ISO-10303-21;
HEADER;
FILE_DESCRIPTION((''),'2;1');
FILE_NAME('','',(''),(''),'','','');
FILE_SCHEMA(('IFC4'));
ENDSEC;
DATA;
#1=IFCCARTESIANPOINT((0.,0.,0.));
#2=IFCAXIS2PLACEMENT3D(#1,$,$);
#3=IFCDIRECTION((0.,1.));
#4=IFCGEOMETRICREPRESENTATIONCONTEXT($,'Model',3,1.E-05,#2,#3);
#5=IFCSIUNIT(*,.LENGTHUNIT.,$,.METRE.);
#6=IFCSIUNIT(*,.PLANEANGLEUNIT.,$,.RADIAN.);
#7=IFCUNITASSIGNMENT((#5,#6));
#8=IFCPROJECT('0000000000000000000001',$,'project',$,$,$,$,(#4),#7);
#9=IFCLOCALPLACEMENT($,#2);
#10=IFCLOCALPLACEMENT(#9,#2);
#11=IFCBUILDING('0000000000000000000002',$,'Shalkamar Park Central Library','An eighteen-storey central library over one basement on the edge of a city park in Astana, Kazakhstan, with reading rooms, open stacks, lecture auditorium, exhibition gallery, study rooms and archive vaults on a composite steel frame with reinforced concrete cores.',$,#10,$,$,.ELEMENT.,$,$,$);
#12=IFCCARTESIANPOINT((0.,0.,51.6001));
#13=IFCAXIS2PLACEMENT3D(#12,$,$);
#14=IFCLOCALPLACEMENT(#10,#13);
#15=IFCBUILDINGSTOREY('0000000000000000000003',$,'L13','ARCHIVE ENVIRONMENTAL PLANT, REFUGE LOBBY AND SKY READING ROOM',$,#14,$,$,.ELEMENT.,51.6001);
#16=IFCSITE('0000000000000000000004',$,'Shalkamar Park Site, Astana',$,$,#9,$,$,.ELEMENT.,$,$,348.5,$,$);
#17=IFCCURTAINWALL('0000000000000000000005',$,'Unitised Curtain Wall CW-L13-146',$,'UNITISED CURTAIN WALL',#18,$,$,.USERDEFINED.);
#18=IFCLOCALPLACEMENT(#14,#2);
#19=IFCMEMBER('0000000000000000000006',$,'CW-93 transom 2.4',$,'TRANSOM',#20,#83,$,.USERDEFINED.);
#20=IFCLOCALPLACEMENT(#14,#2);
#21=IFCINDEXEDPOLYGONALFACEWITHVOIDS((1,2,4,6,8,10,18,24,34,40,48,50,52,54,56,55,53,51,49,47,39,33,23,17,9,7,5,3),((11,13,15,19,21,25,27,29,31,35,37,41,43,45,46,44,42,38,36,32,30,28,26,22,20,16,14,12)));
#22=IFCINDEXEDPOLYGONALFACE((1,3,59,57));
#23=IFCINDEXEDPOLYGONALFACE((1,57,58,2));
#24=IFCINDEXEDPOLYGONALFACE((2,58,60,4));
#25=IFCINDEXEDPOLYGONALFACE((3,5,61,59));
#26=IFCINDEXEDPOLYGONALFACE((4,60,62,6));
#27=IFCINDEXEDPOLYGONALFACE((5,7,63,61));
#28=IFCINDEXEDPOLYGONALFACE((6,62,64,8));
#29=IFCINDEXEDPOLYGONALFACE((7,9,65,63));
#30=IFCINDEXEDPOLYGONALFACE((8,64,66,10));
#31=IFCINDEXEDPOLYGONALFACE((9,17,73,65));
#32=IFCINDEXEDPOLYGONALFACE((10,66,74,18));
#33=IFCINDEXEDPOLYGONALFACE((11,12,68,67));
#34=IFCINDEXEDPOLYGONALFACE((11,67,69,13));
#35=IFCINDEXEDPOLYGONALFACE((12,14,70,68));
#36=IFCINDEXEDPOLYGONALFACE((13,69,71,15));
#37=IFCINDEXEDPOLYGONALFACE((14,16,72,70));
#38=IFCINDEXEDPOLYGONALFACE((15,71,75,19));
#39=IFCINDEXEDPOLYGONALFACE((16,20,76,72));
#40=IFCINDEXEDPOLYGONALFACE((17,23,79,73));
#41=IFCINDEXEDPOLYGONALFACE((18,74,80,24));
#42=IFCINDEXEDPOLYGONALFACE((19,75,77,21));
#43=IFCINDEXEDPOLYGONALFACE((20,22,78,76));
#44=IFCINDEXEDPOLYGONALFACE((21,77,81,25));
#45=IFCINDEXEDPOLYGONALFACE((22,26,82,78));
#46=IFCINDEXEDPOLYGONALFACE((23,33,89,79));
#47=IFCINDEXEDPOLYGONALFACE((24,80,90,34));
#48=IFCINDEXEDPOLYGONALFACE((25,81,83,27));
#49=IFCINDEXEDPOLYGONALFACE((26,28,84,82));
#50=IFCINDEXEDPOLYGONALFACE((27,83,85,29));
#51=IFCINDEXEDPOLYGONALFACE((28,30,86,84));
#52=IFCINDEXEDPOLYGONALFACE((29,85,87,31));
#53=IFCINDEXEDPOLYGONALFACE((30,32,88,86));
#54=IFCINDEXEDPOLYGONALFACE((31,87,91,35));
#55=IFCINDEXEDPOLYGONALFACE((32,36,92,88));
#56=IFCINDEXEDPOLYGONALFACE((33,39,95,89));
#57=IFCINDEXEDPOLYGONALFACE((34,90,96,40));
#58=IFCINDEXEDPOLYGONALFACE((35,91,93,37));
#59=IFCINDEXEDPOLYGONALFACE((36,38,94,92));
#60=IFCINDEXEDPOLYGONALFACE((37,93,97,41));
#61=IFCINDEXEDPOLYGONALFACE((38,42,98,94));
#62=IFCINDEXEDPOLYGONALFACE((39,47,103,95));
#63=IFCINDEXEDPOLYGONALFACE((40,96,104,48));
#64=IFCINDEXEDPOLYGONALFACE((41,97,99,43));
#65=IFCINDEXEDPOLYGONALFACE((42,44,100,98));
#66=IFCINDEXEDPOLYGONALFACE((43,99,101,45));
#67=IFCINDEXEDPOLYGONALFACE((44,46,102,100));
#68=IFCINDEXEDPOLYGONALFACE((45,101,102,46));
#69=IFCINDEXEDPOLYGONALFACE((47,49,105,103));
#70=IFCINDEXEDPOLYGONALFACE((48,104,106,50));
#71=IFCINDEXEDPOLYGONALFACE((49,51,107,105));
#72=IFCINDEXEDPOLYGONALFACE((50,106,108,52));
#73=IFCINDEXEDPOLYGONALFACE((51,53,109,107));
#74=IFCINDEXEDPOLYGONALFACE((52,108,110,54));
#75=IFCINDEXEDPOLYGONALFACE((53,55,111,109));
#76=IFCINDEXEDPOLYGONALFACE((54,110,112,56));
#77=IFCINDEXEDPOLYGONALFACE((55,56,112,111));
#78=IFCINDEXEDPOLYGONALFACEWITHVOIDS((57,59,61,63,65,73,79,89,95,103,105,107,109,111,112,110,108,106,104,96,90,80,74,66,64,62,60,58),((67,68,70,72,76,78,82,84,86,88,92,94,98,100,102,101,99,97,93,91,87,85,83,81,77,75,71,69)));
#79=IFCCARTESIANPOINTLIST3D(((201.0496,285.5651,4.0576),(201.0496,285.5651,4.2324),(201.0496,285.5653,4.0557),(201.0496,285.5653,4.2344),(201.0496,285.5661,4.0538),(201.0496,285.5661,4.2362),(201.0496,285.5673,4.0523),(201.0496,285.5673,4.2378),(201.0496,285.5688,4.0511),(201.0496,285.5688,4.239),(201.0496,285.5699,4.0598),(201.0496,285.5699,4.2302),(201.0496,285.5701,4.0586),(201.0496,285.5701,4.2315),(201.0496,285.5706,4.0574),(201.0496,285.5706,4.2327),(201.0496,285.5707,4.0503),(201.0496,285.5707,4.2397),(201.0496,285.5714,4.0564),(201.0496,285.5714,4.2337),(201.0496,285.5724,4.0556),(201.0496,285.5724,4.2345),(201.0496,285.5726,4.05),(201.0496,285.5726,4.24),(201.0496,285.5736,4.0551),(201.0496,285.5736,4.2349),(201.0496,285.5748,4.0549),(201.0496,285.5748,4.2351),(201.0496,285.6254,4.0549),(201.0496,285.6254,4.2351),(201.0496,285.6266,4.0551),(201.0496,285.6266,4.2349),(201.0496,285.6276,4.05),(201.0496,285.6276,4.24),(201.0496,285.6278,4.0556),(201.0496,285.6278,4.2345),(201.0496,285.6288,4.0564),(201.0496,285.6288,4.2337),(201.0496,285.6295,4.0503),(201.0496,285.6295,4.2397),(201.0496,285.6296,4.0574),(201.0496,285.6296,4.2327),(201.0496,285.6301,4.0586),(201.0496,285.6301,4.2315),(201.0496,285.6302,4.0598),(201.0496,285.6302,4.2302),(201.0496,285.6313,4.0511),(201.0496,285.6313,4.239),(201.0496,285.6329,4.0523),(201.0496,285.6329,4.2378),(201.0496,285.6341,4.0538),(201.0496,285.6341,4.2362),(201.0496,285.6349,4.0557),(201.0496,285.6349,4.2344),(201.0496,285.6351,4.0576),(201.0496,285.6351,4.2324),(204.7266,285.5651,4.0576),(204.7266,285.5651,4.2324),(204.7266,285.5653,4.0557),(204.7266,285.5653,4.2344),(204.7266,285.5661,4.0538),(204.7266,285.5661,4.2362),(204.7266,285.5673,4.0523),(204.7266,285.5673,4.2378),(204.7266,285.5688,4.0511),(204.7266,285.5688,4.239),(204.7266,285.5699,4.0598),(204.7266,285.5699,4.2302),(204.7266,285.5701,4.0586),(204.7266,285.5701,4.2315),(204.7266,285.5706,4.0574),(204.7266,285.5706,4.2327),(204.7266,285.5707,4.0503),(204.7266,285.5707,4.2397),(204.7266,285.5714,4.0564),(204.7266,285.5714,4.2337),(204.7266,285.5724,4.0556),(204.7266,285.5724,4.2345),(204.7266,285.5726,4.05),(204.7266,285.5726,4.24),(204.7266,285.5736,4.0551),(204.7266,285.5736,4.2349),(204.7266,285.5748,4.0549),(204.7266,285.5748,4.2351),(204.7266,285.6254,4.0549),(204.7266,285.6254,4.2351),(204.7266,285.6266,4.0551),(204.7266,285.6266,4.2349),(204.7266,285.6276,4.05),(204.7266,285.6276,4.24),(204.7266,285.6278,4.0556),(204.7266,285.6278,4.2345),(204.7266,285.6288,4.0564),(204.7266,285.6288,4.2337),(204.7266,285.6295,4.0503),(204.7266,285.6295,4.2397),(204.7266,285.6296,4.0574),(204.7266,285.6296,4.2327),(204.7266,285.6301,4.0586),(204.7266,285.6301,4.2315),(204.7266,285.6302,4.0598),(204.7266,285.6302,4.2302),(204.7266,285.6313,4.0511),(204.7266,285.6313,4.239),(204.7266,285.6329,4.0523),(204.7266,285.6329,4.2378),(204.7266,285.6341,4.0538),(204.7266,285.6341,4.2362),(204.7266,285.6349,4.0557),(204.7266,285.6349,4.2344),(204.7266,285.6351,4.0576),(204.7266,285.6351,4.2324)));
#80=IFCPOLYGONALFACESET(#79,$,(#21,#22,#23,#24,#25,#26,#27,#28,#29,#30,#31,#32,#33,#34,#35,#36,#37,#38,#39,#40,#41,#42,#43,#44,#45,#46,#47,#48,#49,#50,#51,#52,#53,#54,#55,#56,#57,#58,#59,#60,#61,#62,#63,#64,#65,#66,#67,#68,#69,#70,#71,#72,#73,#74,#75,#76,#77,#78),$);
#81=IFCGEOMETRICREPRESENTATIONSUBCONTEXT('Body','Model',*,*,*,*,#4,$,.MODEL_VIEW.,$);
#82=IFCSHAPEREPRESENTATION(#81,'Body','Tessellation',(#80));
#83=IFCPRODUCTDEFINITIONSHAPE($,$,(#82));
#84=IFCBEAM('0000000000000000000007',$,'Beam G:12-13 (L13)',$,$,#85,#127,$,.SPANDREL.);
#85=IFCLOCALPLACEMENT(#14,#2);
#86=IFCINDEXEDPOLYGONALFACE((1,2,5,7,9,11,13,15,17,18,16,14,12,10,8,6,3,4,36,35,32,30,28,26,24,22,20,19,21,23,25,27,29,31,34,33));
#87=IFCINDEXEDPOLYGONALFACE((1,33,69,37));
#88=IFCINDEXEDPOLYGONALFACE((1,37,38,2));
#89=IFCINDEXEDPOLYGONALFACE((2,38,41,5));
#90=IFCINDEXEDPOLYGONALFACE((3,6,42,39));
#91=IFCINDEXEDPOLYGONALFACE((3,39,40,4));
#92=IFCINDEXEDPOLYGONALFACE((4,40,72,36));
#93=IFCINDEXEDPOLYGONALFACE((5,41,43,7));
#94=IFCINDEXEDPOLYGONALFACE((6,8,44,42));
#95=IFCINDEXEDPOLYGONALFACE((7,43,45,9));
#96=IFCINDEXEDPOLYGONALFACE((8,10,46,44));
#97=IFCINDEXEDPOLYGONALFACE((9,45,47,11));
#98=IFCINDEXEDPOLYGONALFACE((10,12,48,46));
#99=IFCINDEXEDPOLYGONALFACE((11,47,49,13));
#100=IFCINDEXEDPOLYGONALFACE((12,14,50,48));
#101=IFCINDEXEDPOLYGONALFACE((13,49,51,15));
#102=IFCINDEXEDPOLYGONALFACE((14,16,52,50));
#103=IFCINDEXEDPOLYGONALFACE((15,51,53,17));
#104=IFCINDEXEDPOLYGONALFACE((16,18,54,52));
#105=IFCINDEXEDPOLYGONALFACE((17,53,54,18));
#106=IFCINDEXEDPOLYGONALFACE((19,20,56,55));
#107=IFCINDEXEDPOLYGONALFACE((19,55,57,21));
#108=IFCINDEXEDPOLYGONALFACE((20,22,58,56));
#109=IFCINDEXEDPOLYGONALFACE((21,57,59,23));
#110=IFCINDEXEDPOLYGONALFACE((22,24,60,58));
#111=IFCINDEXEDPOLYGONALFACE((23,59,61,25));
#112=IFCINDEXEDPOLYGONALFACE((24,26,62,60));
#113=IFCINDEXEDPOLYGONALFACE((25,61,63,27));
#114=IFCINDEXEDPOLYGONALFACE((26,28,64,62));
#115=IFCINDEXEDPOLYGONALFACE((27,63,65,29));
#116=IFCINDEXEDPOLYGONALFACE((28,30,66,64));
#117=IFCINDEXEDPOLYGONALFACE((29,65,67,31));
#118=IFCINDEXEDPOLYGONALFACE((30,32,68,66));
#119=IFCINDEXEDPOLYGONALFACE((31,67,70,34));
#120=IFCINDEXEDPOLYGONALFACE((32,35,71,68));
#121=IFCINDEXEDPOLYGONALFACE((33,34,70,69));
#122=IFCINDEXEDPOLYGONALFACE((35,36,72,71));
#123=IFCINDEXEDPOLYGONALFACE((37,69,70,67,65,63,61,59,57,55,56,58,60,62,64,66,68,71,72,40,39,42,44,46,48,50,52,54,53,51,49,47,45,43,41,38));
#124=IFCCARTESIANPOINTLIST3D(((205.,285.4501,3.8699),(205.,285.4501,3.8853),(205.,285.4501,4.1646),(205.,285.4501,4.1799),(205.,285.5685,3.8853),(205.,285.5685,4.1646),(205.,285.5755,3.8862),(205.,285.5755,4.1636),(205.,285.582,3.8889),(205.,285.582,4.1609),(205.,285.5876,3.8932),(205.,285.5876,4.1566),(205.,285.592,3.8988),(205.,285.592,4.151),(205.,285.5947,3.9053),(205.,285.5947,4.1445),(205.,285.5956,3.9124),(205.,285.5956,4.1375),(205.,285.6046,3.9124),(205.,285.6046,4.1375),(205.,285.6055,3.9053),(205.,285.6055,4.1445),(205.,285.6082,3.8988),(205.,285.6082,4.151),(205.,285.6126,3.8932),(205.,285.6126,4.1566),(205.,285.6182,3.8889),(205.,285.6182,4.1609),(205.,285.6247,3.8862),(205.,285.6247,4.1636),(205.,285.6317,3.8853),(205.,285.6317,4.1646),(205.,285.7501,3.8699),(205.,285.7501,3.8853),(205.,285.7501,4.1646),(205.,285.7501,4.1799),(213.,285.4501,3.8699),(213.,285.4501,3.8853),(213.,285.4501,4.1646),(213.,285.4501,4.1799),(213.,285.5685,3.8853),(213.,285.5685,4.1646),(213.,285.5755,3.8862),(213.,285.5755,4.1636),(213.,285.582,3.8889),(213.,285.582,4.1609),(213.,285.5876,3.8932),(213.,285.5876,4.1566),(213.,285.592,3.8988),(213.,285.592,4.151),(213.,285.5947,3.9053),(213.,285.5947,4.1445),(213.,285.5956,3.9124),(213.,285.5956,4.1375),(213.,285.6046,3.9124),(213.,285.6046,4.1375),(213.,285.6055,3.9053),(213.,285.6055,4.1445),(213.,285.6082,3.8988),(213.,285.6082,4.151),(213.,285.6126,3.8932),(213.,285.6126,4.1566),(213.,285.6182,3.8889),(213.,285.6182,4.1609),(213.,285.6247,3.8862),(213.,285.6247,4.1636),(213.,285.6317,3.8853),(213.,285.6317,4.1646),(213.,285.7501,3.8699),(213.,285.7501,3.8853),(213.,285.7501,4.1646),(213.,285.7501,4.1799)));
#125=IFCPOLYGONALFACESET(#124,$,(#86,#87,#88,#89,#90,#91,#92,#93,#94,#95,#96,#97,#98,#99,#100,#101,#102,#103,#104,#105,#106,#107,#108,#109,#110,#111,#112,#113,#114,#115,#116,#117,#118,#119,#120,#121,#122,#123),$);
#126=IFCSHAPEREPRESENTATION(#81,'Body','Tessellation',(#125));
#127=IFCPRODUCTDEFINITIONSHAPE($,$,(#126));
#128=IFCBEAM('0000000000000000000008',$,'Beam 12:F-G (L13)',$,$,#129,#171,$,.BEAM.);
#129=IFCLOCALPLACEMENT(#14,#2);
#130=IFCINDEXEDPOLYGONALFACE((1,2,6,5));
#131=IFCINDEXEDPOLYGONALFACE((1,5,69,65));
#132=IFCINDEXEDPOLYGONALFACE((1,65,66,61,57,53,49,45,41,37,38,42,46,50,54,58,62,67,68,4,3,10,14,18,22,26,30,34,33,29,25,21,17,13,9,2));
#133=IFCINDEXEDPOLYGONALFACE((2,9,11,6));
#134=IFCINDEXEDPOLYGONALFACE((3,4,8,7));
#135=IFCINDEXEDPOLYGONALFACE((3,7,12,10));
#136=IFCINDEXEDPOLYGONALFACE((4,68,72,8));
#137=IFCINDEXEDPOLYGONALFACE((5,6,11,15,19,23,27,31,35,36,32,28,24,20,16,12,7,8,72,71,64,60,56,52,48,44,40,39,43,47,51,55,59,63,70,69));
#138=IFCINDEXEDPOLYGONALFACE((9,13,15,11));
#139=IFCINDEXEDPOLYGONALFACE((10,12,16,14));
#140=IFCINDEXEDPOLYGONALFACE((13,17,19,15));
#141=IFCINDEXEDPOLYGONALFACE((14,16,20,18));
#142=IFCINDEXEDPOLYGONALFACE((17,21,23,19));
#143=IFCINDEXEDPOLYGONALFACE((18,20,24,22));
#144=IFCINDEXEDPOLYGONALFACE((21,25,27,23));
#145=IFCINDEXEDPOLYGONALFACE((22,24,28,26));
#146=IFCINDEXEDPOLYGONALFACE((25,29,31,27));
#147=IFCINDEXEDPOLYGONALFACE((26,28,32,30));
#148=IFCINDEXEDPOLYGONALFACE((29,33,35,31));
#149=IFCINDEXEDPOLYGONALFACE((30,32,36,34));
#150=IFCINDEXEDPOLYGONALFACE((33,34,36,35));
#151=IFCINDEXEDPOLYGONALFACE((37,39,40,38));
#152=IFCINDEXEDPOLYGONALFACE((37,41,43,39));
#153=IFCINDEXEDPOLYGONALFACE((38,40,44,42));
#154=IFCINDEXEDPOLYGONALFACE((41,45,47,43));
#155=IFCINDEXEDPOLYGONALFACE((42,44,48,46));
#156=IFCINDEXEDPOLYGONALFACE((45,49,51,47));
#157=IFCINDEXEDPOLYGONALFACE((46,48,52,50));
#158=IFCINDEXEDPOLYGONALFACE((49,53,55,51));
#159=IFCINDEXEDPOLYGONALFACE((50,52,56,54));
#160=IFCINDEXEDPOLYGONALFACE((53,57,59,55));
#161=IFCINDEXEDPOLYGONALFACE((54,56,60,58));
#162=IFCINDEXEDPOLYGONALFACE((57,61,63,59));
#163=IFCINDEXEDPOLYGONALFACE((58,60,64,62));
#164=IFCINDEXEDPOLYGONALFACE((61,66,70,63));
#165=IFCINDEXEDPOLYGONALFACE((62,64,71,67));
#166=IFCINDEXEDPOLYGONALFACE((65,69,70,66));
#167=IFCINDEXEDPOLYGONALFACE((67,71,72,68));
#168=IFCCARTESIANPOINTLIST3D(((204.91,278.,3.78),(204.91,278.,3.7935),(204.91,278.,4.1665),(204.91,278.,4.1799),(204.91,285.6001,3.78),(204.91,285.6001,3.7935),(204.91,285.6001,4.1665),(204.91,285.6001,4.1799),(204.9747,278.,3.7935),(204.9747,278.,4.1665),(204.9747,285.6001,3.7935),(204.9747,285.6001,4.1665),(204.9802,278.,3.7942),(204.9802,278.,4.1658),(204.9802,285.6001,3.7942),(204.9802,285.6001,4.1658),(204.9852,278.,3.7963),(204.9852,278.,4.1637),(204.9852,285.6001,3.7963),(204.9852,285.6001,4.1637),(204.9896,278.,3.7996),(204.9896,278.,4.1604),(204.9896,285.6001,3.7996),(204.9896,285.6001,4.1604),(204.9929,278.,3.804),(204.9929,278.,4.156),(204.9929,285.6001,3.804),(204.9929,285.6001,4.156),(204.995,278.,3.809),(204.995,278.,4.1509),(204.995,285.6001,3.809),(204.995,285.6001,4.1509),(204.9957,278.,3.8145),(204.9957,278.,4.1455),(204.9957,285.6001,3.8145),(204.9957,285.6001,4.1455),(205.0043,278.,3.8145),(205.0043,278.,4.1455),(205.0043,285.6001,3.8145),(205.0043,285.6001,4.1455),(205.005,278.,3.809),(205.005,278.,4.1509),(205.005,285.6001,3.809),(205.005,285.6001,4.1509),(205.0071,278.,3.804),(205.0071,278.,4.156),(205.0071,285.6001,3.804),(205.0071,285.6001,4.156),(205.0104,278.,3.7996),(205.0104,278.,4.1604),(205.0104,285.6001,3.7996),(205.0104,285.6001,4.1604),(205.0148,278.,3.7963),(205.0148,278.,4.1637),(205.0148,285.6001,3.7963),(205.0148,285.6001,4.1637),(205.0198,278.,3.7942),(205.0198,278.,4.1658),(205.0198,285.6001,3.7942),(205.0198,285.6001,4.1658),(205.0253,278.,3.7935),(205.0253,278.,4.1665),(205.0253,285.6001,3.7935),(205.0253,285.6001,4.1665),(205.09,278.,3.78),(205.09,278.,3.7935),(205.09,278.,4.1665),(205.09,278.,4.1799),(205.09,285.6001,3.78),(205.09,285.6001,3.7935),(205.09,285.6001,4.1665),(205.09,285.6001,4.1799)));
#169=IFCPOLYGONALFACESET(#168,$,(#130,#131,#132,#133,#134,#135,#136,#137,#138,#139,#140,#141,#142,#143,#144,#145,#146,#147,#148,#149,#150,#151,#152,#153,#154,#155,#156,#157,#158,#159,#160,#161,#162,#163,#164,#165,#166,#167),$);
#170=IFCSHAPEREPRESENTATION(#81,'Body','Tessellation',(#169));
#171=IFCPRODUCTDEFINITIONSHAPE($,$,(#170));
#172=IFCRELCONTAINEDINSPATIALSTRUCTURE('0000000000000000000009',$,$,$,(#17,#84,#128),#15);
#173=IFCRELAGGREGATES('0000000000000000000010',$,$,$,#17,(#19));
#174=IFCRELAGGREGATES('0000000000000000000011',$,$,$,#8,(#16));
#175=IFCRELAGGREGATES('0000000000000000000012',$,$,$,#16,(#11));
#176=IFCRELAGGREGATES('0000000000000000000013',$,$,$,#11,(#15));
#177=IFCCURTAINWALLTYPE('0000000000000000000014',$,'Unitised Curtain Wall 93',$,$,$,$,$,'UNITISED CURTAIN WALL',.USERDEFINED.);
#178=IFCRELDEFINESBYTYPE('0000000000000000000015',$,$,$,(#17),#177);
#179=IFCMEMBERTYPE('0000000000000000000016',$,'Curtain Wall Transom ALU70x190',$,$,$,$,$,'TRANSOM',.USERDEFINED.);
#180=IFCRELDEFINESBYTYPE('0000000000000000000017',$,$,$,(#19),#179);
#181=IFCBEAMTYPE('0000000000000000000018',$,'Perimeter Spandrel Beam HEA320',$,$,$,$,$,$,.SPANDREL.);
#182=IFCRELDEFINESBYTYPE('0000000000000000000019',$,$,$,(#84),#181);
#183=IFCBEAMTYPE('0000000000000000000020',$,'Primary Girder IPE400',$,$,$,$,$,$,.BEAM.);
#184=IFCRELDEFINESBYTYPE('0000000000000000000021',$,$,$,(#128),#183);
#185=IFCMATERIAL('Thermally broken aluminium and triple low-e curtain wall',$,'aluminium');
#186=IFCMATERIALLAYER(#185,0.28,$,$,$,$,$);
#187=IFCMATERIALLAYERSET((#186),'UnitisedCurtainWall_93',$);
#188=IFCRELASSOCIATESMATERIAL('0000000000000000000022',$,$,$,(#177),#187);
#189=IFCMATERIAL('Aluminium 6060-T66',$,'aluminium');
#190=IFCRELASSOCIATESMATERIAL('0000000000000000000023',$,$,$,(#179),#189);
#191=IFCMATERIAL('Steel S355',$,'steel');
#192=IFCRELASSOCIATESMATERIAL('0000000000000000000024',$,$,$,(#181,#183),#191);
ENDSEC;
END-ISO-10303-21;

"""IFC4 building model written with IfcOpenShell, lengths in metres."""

from ifc_helpers import new_model, si_unit, direction, frame, origin, origin_2d, place, context, subcontext, project, spatial, hollow_rectangle, i_section, extrude, material, layer, layer_set, material_profile, profile_set, type_object, element, aggregate, save


model = new_model("IFC4")

# Units and contexts
model_context = context("Model", 3, precision=1e-05, world=origin(), true_north=direction((0.0, 1.0)))
body_context = subcontext(model_context, "Body", "Model", "MODEL_VIEW")
ifc_project = project(units=[si_unit("LENGTHUNIT", "METRE"), si_unit("PLANEANGLEUNIT", "RADIAN")], contexts=[model_context])

# Site, building, storey
site_placement = place(None, origin())
site = spatial("IfcSite", under=ifc_project, at=site_placement, Name="Shalkamar Park Site, Astana", CompositionType="ELEMENT", RefElevation=348.5)
building_placement = place(site_placement, origin())
building = spatial("IfcBuilding", under=site, at=building_placement, Name="Shalkamar Park Central Library", Description="An eighteen-storey central library over one basement on the edge of a city park in Astana, Kazakhstan, with reading rooms, open stacks, lecture auditorium, exhibition gallery, study rooms and archive vaults on a composite steel frame with reinforced concrete cores.", CompositionType="ELEMENT")
storey_placement = place(building_placement, frame((0.0, 0.0, 51.6001)))
storey = spatial("IfcBuildingStorey", under=building, at=storey_placement, Name="L13", Description="ARCHIVE ENVIRONMENTAL PLANT, REFUGE LOBBY AND SKY READING ROOM", CompositionType="ELEMENT", Elevation=51.6001)

# Shared definitions
ifc_material_1 = material(Name="Steel S355", Category="steel")

# Curtain wall
ifc_material_2 = material(Name="Thermally broken aluminium and triple low-e curtain wall", Category="aluminium")
ifc_material_3 = material(Name="Aluminium 6060-T66", Category="aluminium")
ifc_layer_1 = layer(ifc_material_2, 0.28)
ifc_layer_set_1 = layer_set([ifc_layer_1], Name="UnitisedCurtainWall_93")
curtain_wall_type_1 = type_object("IfcCurtainWallType", Name="Unitised Curtain Wall 93", ElementType="UNITISED CURTAIN WALL", PredefinedType="USERDEFINED", material=ifc_layer_set_1)
curtain_wall_1_placement = place(storey_placement, origin())
curtain_wall_1 = element("IfcCurtainWall", 1, at=curtain_wall_1_placement, inside=storey, type_object=curtain_wall_type_1, Name="Unitised Curtain Wall CW-L13-146", ObjectType="UNITISED CURTAIN WALL", PredefinedType="USERDEFINED")

# Member
ifc_material_profile_1 = material_profile(ifc_material_3, hollow_rectangle(XDim=0.0701, YDim=0.1899, WallThickness=0.0049, InnerFilletRadius=0.0049, OuterFilletRadius=0.0076, at=origin_2d()), Name="ALU 70x190x5")
ifc_profile_set_1 = profile_set([ifc_material_profile_1], Name="Aluminium 6060-T66")
member_type_1 = type_object("IfcMemberType", Name="Curtain Wall Transom ALU70x190", ElementType="TRANSOM", PredefinedType="USERDEFINED", material=ifc_profile_set_1)
member_1_placement = place(storey_placement, frame((201.0496, 285.6001, 4.145), z_axis=(1.0, 0.0, 0.0), x_axis=(0.0, 1.0, 0.0)))
member_1 = element("IfcMember", 2, at=member_1_placement, type_object=member_type_1, Name="CW-93 transom 2.4", ObjectType="TRANSOM", PredefinedType="USERDEFINED", context=body_context, shape_type="SweptSolid", body=[
    extrude(hollow_rectangle(XDim=0.0701, YDim=0.1899, WallThickness=0.0049, InnerFilletRadius=0.0049, OuterFilletRadius=0.0076, at=origin_2d()), origin(), (0.0, 0.0, 1.0), 3.677),
])

# Beams
ifc_material_profile_2 = material_profile(ifc_material_1, i_section(OverallWidth=0.3, OverallDepth=0.3101, WebThickness=0.009, FlangeThickness=0.0154, FilletRadius=0.0271, at=origin_2d()), Name="HEA 320")
ifc_profile_set_2 = profile_set([ifc_material_profile_2], Name="Steel S355")
beam_type_1 = type_object("IfcBeamType", Name="Perimeter Spandrel Beam HEA320", PredefinedType="SPANDREL", material=ifc_profile_set_2)
beam_1_placement = place(storey_placement, frame((205.0, 285.6001, 4.0249), z_axis=(1.0, 0.0, 0.0), x_axis=(0.0, 1.0, 0.0)))
element("IfcBeam", 3, at=beam_1_placement, inside=storey, type_object=beam_type_1, Name="Beam G:12-13 (L13)", PredefinedType="SPANDREL", context=body_context, shape_type="SweptSolid", body=[
    extrude(i_section(OverallWidth=0.3, OverallDepth=0.3101, WebThickness=0.009, FlangeThickness=0.0154, FilletRadius=0.0271, at=origin_2d()), origin(), (0.0, 0.0, 1.0), 8.0),
])
ifc_material_profile_3 = material_profile(ifc_material_1, i_section(OverallWidth=0.1799, OverallDepth=0.3999, WebThickness=0.0085, FlangeThickness=0.0134, FilletRadius=0.021, at=origin_2d()), Name="IPE 400")
ifc_profile_set_3 = profile_set([ifc_material_profile_3], Name="Steel S355")
beam_type_2 = type_object("IfcBeamType", Name="Primary Girder IPE400", PredefinedType="BEAM", material=ifc_profile_set_3)
beam_2_placement = place(storey_placement, frame((205.0, 278.0, 3.98), z_axis=(0.0, 1.0, 0.0), x_axis=(-1.0, 0.0, 0.0)))
element("IfcBeam", 4, at=beam_2_placement, inside=storey, type_object=beam_type_2, Name="Beam 12:F-G (L13)", PredefinedType="BEAM", context=body_context, shape_type="SweptSolid", body=[
    extrude(i_section(OverallWidth=0.1799, OverallDepth=0.3999, WebThickness=0.0085, FlangeThickness=0.0134, FilletRadius=0.021, at=origin_2d()), origin(), (0.0, 0.0, 1.0), 7.6001),
])

aggregate(curtain_wall_1, [member_1])

save(model, "model.ifc")
